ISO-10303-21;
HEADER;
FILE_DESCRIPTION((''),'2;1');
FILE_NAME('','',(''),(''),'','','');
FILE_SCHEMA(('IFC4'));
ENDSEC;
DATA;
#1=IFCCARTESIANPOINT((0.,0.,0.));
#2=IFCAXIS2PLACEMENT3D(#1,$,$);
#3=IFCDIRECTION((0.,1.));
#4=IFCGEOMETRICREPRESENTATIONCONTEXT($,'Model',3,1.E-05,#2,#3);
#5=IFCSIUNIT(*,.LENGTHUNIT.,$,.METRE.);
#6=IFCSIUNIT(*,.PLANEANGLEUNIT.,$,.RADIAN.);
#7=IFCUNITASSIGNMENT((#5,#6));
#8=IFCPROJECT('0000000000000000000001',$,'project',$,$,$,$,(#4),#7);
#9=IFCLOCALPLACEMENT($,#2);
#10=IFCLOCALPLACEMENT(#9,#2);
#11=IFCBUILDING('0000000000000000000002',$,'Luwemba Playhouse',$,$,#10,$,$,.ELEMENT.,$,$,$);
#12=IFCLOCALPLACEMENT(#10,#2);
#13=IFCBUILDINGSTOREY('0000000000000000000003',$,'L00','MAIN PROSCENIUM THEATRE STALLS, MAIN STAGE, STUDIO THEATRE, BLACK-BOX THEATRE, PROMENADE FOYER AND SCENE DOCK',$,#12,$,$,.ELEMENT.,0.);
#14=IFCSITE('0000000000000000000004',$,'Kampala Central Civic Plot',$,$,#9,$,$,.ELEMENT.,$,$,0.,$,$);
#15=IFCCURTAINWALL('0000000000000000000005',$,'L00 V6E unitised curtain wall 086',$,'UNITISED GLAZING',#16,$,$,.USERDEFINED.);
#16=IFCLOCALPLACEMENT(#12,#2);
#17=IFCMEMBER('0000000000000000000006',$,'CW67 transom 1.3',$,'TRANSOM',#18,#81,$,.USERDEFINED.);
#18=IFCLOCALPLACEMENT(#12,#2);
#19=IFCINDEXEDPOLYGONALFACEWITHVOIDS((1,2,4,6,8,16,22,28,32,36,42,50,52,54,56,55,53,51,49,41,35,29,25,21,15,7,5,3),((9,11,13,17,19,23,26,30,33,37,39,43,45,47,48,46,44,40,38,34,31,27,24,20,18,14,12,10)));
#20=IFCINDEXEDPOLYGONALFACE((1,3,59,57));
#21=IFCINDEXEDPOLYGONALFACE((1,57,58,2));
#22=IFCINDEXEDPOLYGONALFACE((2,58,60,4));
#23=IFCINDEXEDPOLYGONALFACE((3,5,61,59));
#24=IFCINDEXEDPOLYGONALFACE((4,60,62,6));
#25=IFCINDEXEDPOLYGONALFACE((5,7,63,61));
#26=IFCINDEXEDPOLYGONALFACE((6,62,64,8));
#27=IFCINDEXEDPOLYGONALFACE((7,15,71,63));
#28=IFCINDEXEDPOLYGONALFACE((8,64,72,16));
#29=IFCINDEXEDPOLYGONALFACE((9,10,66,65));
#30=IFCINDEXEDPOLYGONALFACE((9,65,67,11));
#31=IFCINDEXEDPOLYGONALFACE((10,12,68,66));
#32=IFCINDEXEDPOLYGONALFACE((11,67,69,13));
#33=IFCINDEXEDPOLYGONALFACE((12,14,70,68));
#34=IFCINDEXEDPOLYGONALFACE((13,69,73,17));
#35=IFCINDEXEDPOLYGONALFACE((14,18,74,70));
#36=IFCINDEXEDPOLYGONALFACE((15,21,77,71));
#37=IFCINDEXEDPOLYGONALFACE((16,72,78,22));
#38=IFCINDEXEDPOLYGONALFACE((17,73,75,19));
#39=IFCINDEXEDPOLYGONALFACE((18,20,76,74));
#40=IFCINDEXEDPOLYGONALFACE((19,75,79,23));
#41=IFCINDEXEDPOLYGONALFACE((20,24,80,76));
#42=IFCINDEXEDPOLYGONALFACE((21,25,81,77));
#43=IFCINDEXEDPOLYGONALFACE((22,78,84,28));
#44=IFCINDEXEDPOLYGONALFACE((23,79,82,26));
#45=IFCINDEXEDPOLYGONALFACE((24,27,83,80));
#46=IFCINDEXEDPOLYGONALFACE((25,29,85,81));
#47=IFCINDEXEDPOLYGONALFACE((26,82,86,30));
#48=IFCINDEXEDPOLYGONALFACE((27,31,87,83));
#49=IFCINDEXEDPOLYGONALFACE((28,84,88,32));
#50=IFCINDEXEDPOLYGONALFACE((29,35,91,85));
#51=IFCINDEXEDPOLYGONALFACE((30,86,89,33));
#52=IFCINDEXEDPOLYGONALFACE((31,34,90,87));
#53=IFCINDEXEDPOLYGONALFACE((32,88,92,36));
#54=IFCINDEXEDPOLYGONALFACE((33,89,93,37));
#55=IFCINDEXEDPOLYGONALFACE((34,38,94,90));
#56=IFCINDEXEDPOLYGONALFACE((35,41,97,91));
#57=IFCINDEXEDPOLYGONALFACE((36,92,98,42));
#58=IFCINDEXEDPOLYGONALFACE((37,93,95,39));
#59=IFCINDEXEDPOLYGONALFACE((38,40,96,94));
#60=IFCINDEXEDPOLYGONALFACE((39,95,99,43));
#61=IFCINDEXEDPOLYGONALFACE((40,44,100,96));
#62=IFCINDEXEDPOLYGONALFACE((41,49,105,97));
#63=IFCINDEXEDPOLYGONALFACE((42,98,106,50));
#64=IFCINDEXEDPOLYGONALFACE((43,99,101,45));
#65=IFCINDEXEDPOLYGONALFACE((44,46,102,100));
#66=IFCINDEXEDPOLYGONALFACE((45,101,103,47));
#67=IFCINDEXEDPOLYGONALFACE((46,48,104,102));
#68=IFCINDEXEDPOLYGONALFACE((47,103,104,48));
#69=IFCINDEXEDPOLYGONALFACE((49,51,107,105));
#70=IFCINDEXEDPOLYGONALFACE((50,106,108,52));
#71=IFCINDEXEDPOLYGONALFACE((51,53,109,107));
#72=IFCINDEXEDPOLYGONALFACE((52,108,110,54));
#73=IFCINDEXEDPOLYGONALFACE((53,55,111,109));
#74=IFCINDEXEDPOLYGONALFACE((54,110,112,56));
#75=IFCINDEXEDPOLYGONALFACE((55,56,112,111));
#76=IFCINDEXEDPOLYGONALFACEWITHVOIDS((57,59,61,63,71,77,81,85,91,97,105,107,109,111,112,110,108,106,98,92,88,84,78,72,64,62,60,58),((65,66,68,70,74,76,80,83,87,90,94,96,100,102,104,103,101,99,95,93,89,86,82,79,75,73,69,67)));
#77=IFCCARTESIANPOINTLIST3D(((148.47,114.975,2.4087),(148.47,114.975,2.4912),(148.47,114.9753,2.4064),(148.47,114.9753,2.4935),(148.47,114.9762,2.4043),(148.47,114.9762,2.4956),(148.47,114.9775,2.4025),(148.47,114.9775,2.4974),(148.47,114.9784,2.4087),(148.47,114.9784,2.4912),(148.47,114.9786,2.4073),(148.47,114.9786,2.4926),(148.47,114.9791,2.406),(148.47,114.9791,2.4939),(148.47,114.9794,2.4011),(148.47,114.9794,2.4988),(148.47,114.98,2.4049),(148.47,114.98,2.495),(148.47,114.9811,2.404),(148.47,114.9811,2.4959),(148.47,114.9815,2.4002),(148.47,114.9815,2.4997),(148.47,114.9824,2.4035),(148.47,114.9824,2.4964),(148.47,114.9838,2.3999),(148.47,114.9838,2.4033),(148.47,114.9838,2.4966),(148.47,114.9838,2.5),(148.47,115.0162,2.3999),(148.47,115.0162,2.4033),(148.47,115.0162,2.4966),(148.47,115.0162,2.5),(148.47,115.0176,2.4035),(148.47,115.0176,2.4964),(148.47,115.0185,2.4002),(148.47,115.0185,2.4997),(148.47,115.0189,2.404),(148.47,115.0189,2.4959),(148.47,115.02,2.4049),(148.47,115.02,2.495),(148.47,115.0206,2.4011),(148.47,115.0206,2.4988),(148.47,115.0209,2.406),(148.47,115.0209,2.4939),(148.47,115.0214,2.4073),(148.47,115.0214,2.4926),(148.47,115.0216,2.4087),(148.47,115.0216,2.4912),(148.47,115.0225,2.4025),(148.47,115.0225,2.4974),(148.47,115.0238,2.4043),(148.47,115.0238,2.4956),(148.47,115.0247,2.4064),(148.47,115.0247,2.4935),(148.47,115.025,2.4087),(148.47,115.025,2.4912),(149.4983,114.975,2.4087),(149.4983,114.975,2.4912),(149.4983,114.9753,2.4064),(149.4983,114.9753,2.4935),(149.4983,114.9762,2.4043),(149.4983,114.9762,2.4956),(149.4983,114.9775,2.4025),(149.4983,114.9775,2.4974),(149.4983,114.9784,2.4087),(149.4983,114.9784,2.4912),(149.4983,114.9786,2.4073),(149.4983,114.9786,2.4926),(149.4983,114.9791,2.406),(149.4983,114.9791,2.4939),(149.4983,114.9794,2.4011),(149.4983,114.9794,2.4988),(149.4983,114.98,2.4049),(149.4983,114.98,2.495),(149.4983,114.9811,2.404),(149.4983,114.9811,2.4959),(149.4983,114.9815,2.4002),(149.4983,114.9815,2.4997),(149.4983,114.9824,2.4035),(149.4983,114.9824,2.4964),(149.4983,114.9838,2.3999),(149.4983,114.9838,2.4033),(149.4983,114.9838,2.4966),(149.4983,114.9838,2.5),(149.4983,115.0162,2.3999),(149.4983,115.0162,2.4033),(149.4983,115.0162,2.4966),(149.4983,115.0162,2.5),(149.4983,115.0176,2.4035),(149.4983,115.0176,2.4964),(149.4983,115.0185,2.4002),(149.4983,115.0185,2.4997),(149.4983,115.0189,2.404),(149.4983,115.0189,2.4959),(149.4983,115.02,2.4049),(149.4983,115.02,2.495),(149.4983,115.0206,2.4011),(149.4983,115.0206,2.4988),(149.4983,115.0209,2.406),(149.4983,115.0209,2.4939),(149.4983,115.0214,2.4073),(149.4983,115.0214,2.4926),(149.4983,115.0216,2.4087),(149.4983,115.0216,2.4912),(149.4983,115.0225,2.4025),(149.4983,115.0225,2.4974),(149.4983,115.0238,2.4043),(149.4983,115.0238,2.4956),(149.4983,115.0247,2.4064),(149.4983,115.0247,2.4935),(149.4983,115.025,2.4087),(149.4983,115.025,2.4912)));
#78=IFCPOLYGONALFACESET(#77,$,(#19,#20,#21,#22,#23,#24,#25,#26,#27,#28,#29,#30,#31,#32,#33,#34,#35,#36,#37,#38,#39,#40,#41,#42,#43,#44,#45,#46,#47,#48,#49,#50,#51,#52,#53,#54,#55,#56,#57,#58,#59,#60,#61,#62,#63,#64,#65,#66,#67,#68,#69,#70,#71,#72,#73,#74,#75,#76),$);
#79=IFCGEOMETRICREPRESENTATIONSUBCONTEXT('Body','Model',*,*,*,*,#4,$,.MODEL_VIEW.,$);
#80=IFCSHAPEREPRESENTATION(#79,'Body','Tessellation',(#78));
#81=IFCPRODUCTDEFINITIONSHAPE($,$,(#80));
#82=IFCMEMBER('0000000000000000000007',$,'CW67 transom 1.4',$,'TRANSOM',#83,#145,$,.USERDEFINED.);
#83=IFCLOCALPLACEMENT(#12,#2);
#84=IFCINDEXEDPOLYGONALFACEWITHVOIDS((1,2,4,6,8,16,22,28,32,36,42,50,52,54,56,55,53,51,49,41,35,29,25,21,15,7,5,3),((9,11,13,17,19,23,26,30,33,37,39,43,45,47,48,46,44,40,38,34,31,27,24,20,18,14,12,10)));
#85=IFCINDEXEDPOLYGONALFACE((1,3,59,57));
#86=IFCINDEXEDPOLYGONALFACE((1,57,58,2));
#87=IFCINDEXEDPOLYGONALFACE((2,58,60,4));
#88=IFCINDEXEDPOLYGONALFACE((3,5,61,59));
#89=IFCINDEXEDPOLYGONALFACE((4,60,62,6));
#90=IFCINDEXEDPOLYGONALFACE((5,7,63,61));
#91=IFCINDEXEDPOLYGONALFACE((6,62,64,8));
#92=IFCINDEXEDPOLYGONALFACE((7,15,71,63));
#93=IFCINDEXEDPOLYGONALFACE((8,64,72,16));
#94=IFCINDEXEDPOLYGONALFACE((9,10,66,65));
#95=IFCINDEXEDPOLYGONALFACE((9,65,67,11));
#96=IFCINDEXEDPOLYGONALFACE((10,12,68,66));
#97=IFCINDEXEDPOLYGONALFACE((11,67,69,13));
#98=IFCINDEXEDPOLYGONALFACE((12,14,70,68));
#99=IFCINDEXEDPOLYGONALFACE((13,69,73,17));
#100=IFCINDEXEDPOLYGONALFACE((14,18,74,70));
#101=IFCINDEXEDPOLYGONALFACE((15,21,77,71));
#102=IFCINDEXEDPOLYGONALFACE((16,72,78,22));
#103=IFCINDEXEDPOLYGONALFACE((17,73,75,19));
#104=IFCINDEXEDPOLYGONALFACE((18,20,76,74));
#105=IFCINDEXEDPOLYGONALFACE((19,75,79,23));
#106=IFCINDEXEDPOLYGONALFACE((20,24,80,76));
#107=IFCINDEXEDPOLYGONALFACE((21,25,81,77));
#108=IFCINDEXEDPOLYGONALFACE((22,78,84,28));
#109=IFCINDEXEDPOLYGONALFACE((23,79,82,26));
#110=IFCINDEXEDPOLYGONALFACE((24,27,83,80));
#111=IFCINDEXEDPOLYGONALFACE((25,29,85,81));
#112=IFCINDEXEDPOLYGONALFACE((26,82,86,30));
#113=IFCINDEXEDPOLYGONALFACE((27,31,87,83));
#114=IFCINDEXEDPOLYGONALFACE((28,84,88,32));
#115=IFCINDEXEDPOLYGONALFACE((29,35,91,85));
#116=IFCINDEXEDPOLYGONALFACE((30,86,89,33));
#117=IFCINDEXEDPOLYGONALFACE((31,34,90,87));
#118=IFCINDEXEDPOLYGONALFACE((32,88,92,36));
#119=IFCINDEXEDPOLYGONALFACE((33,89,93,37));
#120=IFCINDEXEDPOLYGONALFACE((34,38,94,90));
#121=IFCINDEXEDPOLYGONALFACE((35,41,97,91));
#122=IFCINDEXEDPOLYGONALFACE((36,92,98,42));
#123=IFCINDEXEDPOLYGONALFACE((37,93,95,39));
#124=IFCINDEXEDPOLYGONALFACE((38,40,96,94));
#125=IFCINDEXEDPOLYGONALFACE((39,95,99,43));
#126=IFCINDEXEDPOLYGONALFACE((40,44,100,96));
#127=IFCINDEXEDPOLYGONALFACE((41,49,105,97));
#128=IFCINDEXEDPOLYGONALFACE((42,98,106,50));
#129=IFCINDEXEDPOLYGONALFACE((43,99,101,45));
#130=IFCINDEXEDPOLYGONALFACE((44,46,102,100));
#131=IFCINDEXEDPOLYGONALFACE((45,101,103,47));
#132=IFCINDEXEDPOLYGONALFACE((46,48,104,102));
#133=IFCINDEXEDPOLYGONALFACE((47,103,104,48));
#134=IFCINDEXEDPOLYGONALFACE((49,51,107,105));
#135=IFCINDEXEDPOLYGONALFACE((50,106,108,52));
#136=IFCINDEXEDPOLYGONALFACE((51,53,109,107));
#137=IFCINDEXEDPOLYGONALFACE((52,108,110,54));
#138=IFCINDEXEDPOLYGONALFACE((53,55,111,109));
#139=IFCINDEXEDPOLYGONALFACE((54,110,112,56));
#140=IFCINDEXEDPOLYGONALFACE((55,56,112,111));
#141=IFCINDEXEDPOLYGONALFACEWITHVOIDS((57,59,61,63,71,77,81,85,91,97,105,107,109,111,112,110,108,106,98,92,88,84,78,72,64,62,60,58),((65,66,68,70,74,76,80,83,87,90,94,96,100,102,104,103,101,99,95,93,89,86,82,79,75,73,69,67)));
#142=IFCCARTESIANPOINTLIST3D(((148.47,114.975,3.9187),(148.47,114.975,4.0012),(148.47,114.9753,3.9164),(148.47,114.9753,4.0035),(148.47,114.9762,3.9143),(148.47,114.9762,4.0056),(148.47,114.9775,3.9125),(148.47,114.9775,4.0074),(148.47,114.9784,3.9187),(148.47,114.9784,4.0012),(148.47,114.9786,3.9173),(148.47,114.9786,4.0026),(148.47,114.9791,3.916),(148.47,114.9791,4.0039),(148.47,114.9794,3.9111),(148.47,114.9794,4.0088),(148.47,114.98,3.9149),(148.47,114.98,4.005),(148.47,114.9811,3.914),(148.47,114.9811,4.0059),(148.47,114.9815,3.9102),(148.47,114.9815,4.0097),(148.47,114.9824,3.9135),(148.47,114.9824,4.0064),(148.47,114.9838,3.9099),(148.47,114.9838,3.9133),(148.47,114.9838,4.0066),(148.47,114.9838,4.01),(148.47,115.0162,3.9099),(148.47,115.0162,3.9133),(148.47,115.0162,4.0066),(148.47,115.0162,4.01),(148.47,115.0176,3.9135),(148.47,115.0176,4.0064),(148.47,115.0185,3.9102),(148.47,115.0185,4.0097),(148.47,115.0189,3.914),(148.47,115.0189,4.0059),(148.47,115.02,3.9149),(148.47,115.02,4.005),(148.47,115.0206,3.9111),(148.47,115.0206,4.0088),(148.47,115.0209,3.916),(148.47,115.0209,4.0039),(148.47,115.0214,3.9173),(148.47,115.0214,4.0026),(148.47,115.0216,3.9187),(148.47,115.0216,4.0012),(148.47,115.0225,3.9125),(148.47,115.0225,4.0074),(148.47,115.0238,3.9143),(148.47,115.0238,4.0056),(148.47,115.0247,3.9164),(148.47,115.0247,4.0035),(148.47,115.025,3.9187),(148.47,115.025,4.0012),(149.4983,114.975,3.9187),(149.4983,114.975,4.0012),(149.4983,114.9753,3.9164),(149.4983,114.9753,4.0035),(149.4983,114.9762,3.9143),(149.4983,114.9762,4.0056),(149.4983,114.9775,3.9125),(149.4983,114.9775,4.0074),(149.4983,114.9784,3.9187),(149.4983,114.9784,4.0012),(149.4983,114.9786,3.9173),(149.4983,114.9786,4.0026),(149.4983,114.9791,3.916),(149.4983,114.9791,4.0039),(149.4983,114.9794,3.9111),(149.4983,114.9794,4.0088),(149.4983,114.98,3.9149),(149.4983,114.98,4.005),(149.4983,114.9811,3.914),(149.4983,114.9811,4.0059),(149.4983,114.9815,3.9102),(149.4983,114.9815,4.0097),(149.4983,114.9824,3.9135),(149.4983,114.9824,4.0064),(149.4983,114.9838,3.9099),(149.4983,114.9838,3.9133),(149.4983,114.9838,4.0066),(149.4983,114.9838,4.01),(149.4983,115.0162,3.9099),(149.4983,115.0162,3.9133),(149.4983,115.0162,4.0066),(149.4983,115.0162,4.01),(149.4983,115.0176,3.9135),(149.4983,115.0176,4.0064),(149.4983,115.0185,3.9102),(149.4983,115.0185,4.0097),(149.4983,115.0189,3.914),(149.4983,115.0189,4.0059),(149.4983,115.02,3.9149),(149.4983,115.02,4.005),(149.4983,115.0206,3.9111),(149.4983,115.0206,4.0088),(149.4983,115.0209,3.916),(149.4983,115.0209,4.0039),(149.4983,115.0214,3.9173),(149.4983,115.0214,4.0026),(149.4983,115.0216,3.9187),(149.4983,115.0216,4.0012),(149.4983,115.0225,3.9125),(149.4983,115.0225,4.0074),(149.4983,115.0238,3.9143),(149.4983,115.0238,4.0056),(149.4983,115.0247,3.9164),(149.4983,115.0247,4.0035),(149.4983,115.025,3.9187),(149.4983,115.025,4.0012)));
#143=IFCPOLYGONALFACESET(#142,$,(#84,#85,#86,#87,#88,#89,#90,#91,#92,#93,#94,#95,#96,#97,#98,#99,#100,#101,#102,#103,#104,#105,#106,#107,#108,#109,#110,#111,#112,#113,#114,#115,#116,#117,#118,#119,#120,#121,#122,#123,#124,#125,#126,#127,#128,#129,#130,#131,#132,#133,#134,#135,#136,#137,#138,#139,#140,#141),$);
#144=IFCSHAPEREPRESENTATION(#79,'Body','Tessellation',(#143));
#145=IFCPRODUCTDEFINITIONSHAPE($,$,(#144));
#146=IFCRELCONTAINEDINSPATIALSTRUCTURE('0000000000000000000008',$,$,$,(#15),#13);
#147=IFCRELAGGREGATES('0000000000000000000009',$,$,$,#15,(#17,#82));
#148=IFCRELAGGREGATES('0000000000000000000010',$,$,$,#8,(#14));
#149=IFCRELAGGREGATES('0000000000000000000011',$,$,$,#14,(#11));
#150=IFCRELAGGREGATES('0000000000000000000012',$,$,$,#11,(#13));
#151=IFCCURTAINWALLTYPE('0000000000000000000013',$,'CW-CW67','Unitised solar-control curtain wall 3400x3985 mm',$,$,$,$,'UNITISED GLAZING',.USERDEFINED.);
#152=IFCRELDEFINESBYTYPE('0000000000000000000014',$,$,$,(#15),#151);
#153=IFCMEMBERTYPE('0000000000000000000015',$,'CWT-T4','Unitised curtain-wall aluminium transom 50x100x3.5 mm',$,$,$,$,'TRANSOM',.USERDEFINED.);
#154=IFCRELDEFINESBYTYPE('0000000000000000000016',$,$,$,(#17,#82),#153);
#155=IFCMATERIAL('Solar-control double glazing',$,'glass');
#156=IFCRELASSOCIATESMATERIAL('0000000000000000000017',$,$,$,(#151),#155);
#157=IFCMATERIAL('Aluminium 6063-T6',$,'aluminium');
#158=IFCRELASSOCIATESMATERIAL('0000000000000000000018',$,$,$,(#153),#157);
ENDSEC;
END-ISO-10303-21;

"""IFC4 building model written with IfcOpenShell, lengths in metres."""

from ifc_helpers import new_model, si_unit, direction, frame, origin, origin_2d, place, context, subcontext, project, spatial, hollow_rectangle, extrude, material, material_profile, profile_set, type_object, element, aggregate, save


model = new_model("IFC4")

# Units and contexts
model_context = context("Model", 3, precision=1e-05, world=origin(), true_north=direction((0.0, 1.0)))
body_context = subcontext(model_context, "Body", "Model", "MODEL_VIEW")
ifc_project = project(units=[si_unit("LENGTHUNIT", "METRE"), si_unit("PLANEANGLEUNIT", "RADIAN")], contexts=[model_context])

# Site, building, storey
site_placement = place(None, origin())
site = spatial("IfcSite", under=ifc_project, at=site_placement, Name="Kampala Central Civic Plot", CompositionType="ELEMENT", RefElevation=0.0)
building_placement = place(site_placement, origin())
building = spatial("IfcBuilding", under=site, at=building_placement, Name="Luwemba Playhouse", CompositionType="ELEMENT")
storey_placement = place(building_placement, origin())
storey = spatial("IfcBuildingStorey", under=building, at=storey_placement, Name="L00", Description="MAIN PROSCENIUM THEATRE STALLS, MAIN STAGE, STUDIO THEATRE, BLACK-BOX THEATRE, PROMENADE FOYER AND SCENE DOCK", CompositionType="ELEMENT", Elevation=0.0)

# Shared definitions
ifc_material_1 = material(Name="Solar-control double glazing", Category="glass")
ifc_material_2 = material(Name="Aluminium 6063-T6", Category="aluminium")

# Curtain wall, members
curtain_wall_type_1 = type_object("IfcCurtainWallType", Name="CW-CW67", Description="Unitised solar-control curtain wall 3400x3985 mm", ElementType="UNITISED GLAZING", PredefinedType="USERDEFINED", material=ifc_material_1)
curtain_wall_1_placement = place(storey_placement, origin())
curtain_wall_1 = element("IfcCurtainWall", 1, at=curtain_wall_1_placement, inside=storey, type_object=curtain_wall_type_1, Name="L00 V6E unitised curtain wall 086", ObjectType="UNITISED GLAZING", PredefinedType="USERDEFINED")
ifc_material_profile_1 = material_profile(ifc_material_2, hollow_rectangle(XDim=0.05, YDim=0.1001, WallThickness=0.0034, InnerFilletRadius=0.0054, OuterFilletRadius=0.0088, at=origin_2d()))
ifc_profile_set_1 = profile_set([ifc_material_profile_1], Name="Aluminium 6063-T6")
member_type_1 = type_object("IfcMemberType", Name="CWT-T4", Description="Unitised curtain-wall aluminium transom 50x100x3.5 mm", ElementType="TRANSOM", PredefinedType="USERDEFINED", material=ifc_profile_set_1)
member_1_placement = place(storey_placement, frame((148.47, 115.0, 2.45), z_axis=(1.0, 0.0, 0.0), x_axis=(0.0, 1.0, 0.0)))
member_1 = element("IfcMember", 2, at=member_1_placement, type_object=member_type_1, Name="CW67 transom 1.3", ObjectType="TRANSOM", PredefinedType="USERDEFINED", context=body_context, shape_type="SweptSolid", body=[
    extrude(hollow_rectangle(XDim=0.05, YDim=0.1001, WallThickness=0.0034, InnerFilletRadius=0.0054, OuterFilletRadius=0.0088, at=origin_2d()), origin(), (0.0, 0.0, 1.0), 1.0283),
])
member_2_placement = place(storey_placement, frame((148.47, 115.0, 3.96), z_axis=(1.0, 0.0, 0.0), x_axis=(0.0, 1.0, 0.0)))
member_2 = element("IfcMember", 3, at=member_2_placement, type_object=member_type_1, Name="CW67 transom 1.4", ObjectType="TRANSOM", PredefinedType="USERDEFINED", context=body_context, shape_type="SweptSolid", body=[
    extrude(hollow_rectangle(XDim=0.05, YDim=0.1001, WallThickness=0.0034, InnerFilletRadius=0.0054, OuterFilletRadius=0.0088, at=origin_2d()), origin(), (0.0, 0.0, 1.0), 1.0283),
])
aggregate(curtain_wall_1, [member_1, member_2])

save(model, "model.ifc")
